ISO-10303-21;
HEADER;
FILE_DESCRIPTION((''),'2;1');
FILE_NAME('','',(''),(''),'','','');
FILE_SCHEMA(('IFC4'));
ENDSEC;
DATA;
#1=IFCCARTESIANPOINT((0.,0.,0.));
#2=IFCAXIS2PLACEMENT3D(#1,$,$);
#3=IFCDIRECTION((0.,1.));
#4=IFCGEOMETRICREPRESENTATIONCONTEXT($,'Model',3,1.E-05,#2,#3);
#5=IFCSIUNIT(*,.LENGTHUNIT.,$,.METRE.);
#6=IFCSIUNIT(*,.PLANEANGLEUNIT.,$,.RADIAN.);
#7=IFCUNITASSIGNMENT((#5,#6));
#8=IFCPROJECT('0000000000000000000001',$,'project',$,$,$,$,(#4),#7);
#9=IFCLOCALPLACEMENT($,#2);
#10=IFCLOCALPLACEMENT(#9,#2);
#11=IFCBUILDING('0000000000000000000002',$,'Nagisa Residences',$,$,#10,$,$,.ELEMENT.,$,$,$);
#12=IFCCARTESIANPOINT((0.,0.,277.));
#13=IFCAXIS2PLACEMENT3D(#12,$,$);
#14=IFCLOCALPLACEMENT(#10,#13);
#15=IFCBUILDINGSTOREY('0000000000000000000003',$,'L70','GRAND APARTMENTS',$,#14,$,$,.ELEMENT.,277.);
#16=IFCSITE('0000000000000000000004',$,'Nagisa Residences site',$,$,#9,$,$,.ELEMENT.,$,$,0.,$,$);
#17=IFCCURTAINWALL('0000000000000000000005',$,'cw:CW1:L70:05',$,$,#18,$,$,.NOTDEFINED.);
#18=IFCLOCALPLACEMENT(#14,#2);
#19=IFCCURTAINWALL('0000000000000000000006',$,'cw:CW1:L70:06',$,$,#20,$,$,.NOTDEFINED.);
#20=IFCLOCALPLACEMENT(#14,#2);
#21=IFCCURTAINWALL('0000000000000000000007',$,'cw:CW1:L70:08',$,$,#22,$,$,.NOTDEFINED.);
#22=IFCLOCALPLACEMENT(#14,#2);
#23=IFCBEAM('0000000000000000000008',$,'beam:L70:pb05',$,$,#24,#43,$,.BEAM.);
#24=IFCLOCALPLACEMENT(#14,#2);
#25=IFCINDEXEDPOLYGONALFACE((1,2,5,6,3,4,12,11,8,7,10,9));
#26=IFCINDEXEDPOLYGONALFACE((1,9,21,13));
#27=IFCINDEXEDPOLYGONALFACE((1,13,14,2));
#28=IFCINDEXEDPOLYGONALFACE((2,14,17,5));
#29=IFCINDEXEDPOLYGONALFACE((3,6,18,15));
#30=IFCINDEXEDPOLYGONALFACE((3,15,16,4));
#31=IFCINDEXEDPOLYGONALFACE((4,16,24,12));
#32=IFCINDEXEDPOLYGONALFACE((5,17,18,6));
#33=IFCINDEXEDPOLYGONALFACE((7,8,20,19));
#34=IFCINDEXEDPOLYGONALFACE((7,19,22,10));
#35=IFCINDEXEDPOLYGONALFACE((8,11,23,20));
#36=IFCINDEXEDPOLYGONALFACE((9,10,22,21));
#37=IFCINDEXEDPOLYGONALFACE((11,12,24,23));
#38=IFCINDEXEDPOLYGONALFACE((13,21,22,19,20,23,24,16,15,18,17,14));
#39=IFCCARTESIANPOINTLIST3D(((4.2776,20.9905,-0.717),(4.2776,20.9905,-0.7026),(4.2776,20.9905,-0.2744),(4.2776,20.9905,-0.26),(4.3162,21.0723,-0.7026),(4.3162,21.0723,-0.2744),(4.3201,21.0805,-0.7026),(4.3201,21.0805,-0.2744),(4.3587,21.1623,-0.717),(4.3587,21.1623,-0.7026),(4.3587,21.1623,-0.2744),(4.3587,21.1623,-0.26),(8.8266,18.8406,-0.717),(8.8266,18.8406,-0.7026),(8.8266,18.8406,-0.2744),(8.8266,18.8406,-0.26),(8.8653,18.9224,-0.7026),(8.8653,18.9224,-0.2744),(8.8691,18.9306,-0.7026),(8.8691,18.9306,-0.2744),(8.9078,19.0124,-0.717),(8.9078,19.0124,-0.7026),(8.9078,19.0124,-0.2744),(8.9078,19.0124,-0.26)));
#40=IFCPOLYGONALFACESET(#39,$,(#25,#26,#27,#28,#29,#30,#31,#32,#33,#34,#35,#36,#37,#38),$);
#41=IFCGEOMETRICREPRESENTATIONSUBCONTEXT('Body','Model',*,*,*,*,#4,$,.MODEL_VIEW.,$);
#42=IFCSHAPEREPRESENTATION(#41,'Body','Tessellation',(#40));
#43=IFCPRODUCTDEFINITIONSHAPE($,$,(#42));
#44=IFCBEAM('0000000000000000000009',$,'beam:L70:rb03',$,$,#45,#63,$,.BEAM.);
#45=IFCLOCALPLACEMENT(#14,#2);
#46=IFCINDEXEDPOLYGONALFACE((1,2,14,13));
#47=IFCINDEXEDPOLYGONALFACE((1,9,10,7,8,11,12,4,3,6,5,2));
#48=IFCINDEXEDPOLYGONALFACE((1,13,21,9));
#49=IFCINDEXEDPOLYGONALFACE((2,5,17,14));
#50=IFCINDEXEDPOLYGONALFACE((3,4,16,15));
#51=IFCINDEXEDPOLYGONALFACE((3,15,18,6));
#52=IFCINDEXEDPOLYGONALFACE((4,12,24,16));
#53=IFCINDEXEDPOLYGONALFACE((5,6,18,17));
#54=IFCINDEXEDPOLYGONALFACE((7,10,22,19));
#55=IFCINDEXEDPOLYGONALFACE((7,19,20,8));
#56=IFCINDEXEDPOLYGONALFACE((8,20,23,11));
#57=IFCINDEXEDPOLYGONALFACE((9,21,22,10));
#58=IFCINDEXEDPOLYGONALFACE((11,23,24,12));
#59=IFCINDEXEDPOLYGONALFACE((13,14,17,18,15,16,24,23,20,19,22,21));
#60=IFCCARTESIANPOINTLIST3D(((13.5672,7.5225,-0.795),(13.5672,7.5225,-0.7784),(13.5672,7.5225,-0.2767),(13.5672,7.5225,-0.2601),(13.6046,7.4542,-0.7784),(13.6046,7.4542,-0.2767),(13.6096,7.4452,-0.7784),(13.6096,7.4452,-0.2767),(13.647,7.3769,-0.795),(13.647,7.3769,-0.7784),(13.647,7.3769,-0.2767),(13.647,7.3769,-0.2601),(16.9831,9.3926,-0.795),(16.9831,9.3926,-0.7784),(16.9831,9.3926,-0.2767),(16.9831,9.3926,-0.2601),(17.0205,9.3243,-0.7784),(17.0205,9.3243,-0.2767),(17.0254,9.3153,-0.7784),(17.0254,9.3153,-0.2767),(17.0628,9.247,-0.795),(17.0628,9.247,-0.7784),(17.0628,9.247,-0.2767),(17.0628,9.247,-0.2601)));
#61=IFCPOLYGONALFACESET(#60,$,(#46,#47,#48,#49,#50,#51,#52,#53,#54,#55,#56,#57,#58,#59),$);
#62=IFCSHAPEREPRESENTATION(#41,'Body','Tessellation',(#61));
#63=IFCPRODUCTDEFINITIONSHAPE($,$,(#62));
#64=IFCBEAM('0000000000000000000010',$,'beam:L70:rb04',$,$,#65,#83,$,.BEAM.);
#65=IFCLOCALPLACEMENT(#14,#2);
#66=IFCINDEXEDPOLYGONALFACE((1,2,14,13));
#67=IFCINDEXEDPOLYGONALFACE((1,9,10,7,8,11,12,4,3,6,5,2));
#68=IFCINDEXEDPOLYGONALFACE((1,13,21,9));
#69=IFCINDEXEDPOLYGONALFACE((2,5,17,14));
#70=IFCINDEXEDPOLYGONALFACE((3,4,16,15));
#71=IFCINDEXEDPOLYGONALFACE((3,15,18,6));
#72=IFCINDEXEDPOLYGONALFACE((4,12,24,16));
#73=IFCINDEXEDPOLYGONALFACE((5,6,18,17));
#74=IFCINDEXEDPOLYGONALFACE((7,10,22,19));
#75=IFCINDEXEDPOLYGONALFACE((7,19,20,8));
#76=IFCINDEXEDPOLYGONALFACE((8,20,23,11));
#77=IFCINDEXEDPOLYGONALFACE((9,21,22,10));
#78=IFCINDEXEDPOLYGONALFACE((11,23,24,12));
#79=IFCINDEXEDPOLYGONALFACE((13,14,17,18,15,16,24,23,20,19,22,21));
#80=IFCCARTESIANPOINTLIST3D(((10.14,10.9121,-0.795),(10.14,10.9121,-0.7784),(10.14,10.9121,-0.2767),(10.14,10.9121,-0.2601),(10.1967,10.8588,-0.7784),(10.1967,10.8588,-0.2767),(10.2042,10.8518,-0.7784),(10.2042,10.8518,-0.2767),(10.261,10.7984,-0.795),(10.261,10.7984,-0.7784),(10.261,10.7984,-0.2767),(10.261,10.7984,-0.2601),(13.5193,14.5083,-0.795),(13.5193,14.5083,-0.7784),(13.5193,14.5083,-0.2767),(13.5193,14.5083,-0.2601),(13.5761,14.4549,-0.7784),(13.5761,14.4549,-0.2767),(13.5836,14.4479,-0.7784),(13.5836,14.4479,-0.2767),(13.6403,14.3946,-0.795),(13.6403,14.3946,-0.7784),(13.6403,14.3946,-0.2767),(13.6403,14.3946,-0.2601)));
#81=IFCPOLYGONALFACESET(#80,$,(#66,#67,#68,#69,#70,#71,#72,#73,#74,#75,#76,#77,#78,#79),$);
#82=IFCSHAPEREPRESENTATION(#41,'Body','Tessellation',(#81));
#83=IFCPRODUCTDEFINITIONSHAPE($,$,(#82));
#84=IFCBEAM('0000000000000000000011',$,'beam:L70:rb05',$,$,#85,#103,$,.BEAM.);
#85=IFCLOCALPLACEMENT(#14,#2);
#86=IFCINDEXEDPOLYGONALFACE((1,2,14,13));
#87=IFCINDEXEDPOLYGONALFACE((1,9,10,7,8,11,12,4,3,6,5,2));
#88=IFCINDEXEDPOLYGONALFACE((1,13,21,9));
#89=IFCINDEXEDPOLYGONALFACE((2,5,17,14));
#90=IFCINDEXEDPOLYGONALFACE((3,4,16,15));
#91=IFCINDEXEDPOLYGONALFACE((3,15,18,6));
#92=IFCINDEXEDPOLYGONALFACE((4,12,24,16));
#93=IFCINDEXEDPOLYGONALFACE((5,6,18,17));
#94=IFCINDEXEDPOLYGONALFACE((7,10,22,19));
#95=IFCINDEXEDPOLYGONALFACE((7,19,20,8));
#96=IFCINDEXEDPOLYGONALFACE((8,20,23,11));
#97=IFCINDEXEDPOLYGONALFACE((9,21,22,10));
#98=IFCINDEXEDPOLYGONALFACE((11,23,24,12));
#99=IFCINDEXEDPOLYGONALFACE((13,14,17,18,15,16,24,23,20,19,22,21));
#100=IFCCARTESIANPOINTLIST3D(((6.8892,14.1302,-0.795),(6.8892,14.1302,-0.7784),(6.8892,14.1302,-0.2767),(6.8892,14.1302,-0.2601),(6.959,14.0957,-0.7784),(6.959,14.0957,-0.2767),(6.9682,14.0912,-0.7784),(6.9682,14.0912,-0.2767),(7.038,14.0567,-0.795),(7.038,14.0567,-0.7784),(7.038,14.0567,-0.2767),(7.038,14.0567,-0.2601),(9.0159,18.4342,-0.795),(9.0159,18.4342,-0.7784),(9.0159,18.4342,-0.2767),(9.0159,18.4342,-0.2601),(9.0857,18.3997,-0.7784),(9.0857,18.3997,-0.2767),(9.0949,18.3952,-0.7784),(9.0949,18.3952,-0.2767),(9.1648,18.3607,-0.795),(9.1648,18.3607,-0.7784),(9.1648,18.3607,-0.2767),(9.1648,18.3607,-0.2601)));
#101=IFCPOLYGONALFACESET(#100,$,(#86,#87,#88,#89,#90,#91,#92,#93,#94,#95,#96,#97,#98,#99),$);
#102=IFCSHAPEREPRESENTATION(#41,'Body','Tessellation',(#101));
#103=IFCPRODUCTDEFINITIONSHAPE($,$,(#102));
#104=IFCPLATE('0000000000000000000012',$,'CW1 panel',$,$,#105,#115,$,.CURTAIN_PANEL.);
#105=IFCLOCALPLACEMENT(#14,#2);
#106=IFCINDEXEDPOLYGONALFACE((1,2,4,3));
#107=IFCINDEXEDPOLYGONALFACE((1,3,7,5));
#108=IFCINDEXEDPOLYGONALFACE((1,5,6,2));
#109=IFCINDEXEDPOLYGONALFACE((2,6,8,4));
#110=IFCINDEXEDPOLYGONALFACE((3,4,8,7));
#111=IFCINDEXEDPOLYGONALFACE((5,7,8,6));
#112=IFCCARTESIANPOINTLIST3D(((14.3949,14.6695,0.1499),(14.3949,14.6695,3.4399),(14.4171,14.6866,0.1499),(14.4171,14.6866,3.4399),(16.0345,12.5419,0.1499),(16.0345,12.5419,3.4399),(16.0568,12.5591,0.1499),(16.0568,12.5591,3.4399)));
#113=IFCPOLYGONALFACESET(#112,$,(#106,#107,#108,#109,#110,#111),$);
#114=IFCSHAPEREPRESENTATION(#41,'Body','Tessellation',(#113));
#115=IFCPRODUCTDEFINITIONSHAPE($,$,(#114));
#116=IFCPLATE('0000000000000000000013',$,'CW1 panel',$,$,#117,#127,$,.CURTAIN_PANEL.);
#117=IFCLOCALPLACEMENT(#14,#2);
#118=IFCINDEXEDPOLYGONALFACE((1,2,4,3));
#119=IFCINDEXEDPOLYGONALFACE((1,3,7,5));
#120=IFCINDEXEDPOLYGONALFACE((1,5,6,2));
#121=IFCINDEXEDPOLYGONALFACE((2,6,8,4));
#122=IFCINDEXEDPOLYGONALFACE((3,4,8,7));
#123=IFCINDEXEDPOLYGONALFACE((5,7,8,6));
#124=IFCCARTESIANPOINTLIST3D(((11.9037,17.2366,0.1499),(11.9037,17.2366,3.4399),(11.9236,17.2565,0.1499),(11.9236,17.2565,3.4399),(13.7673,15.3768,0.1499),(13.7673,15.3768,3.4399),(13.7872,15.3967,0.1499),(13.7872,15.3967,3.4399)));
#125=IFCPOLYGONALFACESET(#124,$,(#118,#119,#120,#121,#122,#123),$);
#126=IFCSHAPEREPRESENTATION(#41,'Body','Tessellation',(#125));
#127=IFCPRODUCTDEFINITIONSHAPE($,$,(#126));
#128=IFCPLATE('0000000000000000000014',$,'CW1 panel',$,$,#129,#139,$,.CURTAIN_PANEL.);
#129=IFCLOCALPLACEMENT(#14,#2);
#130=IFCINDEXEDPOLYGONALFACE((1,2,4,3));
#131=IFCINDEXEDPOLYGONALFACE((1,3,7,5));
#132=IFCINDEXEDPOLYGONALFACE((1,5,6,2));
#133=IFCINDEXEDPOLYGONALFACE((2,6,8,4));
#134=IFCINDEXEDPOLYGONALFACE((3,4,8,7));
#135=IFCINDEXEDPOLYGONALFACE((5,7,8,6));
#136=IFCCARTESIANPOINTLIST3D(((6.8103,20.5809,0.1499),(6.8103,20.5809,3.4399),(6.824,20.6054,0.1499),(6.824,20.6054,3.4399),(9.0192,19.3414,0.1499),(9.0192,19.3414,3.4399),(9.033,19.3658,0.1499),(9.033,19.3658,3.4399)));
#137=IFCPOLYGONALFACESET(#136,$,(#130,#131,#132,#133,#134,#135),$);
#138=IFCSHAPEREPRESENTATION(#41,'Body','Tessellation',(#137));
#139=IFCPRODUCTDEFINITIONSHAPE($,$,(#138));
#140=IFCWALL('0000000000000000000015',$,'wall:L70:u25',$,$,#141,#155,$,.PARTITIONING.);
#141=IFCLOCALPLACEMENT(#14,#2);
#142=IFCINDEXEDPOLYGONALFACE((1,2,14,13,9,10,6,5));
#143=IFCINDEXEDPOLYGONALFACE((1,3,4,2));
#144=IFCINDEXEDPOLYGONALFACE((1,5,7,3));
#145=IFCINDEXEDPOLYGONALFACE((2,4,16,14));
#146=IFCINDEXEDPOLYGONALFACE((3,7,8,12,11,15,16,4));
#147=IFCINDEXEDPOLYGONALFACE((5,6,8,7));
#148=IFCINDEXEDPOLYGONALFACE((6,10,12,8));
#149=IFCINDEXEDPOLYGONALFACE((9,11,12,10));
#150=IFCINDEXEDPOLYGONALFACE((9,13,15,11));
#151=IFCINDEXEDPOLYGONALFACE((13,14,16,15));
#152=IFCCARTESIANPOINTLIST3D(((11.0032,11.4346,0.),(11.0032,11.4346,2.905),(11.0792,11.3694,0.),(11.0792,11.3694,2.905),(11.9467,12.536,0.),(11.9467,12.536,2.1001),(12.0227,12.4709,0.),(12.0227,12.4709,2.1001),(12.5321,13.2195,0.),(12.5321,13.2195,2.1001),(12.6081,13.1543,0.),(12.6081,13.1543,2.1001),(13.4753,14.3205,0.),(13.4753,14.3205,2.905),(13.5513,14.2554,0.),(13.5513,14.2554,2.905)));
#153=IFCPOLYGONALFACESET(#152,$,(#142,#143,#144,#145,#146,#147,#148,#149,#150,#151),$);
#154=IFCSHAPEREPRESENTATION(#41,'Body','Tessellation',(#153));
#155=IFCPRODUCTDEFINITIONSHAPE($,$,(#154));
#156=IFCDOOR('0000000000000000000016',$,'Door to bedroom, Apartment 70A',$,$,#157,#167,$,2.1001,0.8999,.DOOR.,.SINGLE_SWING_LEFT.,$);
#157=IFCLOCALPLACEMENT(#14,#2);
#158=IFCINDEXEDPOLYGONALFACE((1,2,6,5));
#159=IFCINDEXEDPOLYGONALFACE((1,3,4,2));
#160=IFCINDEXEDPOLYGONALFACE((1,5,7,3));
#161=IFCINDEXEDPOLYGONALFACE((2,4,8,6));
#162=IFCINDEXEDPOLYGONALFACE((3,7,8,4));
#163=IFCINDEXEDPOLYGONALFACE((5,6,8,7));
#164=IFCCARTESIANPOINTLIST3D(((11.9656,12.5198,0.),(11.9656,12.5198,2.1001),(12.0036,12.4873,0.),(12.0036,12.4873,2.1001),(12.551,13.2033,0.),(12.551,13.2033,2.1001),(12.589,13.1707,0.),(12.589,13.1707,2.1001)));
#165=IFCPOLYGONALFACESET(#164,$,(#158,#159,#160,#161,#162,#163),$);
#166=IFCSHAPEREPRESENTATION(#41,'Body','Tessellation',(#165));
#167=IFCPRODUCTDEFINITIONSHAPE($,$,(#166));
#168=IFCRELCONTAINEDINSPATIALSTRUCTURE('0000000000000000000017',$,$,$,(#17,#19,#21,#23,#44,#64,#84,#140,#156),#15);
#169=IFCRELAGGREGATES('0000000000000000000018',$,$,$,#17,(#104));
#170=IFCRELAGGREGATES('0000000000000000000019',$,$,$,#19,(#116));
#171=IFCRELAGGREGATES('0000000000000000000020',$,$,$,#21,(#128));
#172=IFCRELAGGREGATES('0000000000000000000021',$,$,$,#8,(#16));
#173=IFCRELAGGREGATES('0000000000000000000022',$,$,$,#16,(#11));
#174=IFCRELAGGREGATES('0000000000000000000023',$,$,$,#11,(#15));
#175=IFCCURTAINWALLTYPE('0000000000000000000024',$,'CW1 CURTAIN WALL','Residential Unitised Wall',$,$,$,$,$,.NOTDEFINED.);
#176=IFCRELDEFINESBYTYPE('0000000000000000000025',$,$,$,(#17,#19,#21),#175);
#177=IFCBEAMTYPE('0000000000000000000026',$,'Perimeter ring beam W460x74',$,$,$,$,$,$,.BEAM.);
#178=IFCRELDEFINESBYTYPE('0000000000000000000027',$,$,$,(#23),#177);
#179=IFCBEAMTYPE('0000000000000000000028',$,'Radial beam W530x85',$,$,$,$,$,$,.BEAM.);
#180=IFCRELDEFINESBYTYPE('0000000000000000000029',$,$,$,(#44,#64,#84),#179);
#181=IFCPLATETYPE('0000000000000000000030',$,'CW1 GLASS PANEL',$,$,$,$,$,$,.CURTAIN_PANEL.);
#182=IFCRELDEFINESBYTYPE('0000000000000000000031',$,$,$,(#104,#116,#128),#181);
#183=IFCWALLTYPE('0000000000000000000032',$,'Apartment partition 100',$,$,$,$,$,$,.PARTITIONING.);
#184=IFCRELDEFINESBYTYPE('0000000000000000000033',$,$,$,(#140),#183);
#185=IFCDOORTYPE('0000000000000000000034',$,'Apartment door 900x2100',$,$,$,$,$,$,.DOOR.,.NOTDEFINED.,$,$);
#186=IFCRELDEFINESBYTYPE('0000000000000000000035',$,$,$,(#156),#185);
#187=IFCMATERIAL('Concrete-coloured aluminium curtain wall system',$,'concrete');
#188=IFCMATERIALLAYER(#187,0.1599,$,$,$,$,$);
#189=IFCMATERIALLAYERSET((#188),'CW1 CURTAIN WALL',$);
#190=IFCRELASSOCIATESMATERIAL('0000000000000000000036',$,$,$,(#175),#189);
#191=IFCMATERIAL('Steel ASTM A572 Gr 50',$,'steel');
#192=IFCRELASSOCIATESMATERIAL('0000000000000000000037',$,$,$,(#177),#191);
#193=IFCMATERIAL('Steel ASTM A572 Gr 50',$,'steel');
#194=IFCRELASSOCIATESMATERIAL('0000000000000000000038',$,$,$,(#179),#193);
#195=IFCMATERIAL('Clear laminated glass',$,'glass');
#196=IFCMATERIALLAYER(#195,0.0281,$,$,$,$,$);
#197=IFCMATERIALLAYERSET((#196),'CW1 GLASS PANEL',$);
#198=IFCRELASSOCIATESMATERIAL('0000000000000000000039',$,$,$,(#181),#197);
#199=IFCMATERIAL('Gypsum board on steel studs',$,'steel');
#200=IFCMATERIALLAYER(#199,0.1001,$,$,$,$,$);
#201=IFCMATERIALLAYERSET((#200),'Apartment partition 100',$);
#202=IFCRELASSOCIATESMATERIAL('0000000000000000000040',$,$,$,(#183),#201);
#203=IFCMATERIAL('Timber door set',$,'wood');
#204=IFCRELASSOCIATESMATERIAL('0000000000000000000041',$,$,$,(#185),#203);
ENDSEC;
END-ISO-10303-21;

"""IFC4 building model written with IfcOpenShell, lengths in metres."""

from ifc_helpers import new_model, si_unit, direction, frame, frame_2d, origin, origin_2d, place, context, subcontext, project, spatial, rectangle, i_section, extrude, material, layer, layer_set, material_profile, profile_set, type_object, element, fill, aggregate, save


model = new_model("IFC4")

# Units and contexts
model_context = context("Model", 3, precision=1e-05, world=origin(), true_north=direction((0.0, 1.0)))
body_context = subcontext(model_context, "Body", "Model", "MODEL_VIEW")
ifc_project = project(units=[si_unit("LENGTHUNIT", "METRE"), si_unit("PLANEANGLEUNIT", "RADIAN")], contexts=[model_context])

# Site, building, storey
site_placement = place(None, origin())
site = spatial("IfcSite", under=ifc_project, at=site_placement, Name="Nagisa Residences site", CompositionType="ELEMENT", RefElevation=0.0)
building_placement = place(site_placement, origin())
building = spatial("IfcBuilding", under=site, at=building_placement, Name="Nagisa Residences", CompositionType="ELEMENT")
storey_placement = place(building_placement, frame((0.0, 0.0, 277.0)))
storey = spatial("IfcBuildingStorey", under=building, at=storey_placement, Name="L70", Description="GRAND APARTMENTS", CompositionType="ELEMENT", Elevation=277.0)

# Curtain walls
ifc_material_1 = material(Name="Concrete-coloured aluminium curtain wall system", Category="concrete")
ifc_layer_1 = layer(ifc_material_1, 0.1599)
ifc_layer_set_1 = layer_set([ifc_layer_1], Name="CW1 CURTAIN WALL")
curtain_wall_type = type_object("IfcCurtainWallType", Name="CW1 CURTAIN WALL", Description="Residential Unitised Wall", PredefinedType="NOTDEFINED", material=ifc_layer_set_1)
curtain_wall_1_placement = place(storey_placement, origin())
curtain_wall_1 = element("IfcCurtainWall", 1, at=curtain_wall_1_placement, inside=storey, type_object=curtain_wall_type, Name="cw:CW1:L70:05", PredefinedType="NOTDEFINED")
curtain_wall_2_placement = place(storey_placement, origin())
curtain_wall_2 = element("IfcCurtainWall", 2, at=curtain_wall_2_placement, inside=storey, type_object=curtain_wall_type, Name="cw:CW1:L70:06", PredefinedType="NOTDEFINED")
curtain_wall_3_placement = place(storey_placement, origin())
curtain_wall_3 = element("IfcCurtainWall", 3, at=curtain_wall_3_placement, inside=storey, type_object=curtain_wall_type, Name="cw:CW1:L70:08", PredefinedType="NOTDEFINED")

# Beams
ifc_material_2 = material(Name="Steel ASTM A572 Gr 50", Category="steel")
ifc_material_profile_1 = material_profile(ifc_material_2, i_section(OverallWidth=0.1899, OverallDepth=0.457, WebThickness=0.009, FlangeThickness=0.0144, at=origin_2d()), Name="W460x74")
ifc_profile_set_1 = profile_set([ifc_material_profile_1], Name="Steel ASTM A572 Gr 50")
beam_type_1 = type_object("IfcBeamType", Name="Perimeter ring beam W460x74", PredefinedType="BEAM", material=ifc_profile_set_1)
beam_1_placement = place(storey_placement, frame((8.8672, 18.9265, -0.4885), z_axis=(-0.904116, 0.427287, 0.0), x_axis=(-0.427287, -0.904116, 0.0)))
element("IfcBeam", 4, at=beam_1_placement, inside=storey, type_object=beam_type_1, Name="beam:L70:pb05", PredefinedType="BEAM", context=body_context, shape_type="SweptSolid", body=[
    extrude(i_section(OverallWidth=0.1899, OverallDepth=0.457, WebThickness=0.009, FlangeThickness=0.0144, at=origin_2d()), origin(), (0.0, 0.0, 1.0), 5.0315),
])
ifc_material_3 = material(Name="Steel ASTM A572 Gr 50", Category="steel")
ifc_material_profile_2 = material_profile(ifc_material_3, i_section(OverallWidth=0.166, OverallDepth=0.5349, WebThickness=0.0103, FlangeThickness=0.0166, at=origin_2d()), Name="W530x85")
ifc_profile_set_2 = profile_set([ifc_material_profile_2], Name="Steel ASTM A572 Gr 50")
beam_type_2 = type_object("IfcBeamType", Name="Radial beam W530x85", PredefinedType="BEAM", material=ifc_profile_set_2)
beam_2_placement = place(storey_placement, frame((17.0229, 9.3198, -0.5276), z_axis=(-0.877142, -0.480231, 0.0), x_axis=(0.480231, -0.877142, 0.0)))
element("IfcBeam", 5, at=beam_2_placement, inside=storey, type_object=beam_type_2, Name="beam:L70:rb03", PredefinedType="BEAM", context=body_context, shape_type="SweptSolid", body=[
    extrude(i_section(OverallWidth=0.166, OverallDepth=0.5349, WebThickness=0.0103, FlangeThickness=0.0166, at=origin_2d()), origin(), (0.0, 0.0, 1.0), 3.8943),
])
beam_3_placement = place(storey_placement, frame((13.5798, 14.4514, -0.5276), z_axis=(-0.6848, -0.728731, 0.0), x_axis=(0.728731, -0.6848, 0.0)))
element("IfcBeam", 6, at=beam_3_placement, inside=storey, type_object=beam_type_2, Name="beam:L70:rb04", PredefinedType="BEAM", context=body_context, shape_type="SweptSolid", body=[
    extrude(i_section(OverallWidth=0.166, OverallDepth=0.5349, WebThickness=0.0103, FlangeThickness=0.0166, at=origin_2d()), origin(), (0.0, 0.0, 1.0), 4.9348),
])
beam_4_placement = place(storey_placement, frame((9.0903, 18.3975, -0.5276), z_axis=(-0.442998, -0.896523, 0.0), x_axis=(0.896523, -0.442998, 0.0)))
element("IfcBeam", 7, at=beam_4_placement, inside=storey, type_object=beam_type_2, Name="beam:L70:rb05", PredefinedType="BEAM", context=body_context, shape_type="SweptSolid", body=[
    extrude(i_section(OverallWidth=0.166, OverallDepth=0.5349, WebThickness=0.0103, FlangeThickness=0.0166, at=origin_2d()), origin(), (0.0, 0.0, 1.0), 4.8008),
])

# Plates
ifc_material_4 = material(Name="Clear laminated glass", Category="glass")
ifc_layer_2 = layer(ifc_material_4, 0.0281)
ifc_layer_set_2 = layer_set([ifc_layer_2], Name="CW1 GLASS PANEL")
plate_type = type_object("IfcPlateType", Name="CW1 GLASS PANEL", PredefinedType="CURTAIN_PANEL", material=ifc_layer_set_2)
plate_1_placement = place(storey_placement, frame((15.2258, 13.6143, 0.1499), z_axis=(0.0, 0.0, 1.0), x_axis=(-0.61043, 0.79207, 0.0)))
plate_1 = element("IfcPlate", 8, at=plate_1_placement, type_object=plate_type, Name="CW1 panel", PredefinedType="CURTAIN_PANEL", context=body_context, shape_type="SweptSolid", body=[
    extrude(rectangle(XDim=2.686, YDim=0.0281, at=origin_2d()), origin(), (0.0, 0.0, 1.0), 3.29),
])
aggregate(curtain_wall_1, [plate_1])
plate_2_placement = place(storey_placement, frame((12.8455, 16.3167, 0.1499), z_axis=(0.0, 0.0, 1.0), x_axis=(-0.707836, 0.706377, 0.0)))
plate_2 = element("IfcPlate", 9, at=plate_2_placement, type_object=plate_type, Name="CW1 panel", PredefinedType="CURTAIN_PANEL", context=body_context, shape_type="SweptSolid", body=[
    extrude(rectangle(XDim=2.6328, YDim=0.0281, at=origin_2d()), origin(), (0.0, 0.0, 1.0), 3.29),
])
aggregate(curtain_wall_2, [plate_2])
plate_3_placement = place(storey_placement, frame((7.9216, 19.9734, 0.1499), z_axis=(0.0, 0.0, 1.0), x_axis=(-0.872072, 0.489377, 0.0)))
plate_3 = element("IfcPlate", 10, at=plate_3_placement, type_object=plate_type, Name="CW1 panel", PredefinedType="CURTAIN_PANEL", context=body_context, shape_type="SweptSolid", body=[
    extrude(rectangle(XDim=2.533, YDim=0.0281, at=origin_2d()), origin(), (0.0, 0.0, 1.0), 3.29),
])
aggregate(curtain_wall_3, [plate_3])

# Wall, opening, door
ifc_material_5 = material(Name="Gypsum board on steel studs", Category="steel")
ifc_layer_3 = layer(ifc_material_5, 0.1001)
ifc_layer_set_3 = layer_set([ifc_layer_3], Name="Apartment partition 100")
wall_type_1 = type_object("IfcWallType", Name="Apartment partition 100", PredefinedType="PARTITIONING", material=ifc_layer_set_3)
wall_1_placement = place(storey_placement, frame((11.0413, 11.4021, 0.0), z_axis=(0.0, 0.0, 1.0), x_axis=(0.650559, 0.759456, 0.0)))
wall_1 = element("IfcWall", 11, at=wall_1_placement, inside=storey, type_object=wall_type_1, Name="wall:L70:u25", PredefinedType="PARTITIONING", context=body_context, shape_type="SweptSolid", body=[
    extrude(rectangle(XDim=3.8, YDim=0.1001, at=frame_2d((1.8999, 0.0))), origin(), (0.0, 0.0, 1.0), 2.905),
])
opening_1_placement = place(wall_1_placement, frame((1.4502, 0.0, 0.0)))
opening_1 = element("IfcOpeningElement", 12, at=opening_1_placement, cuts=wall_1, PredefinedType="OPENING", context=body_context, shape_type="SweptSolid", body=[
    extrude(rectangle(XDim=0.8999, YDim=2.1001, at=frame_2d((0.45, 1.05))), frame((0.0, 0.0601, 0.0), z_axis=(0.0, -1.0, 0.0), x_axis=(1.0, 0.0, 0.0)), (0.0, 0.0, 1.0), 0.1201),
])
ifc_material_6 = material(Name="Timber door set", Category="wood")
door_type_1 = type_object("IfcDoorType", Name="Apartment door 900x2100", OperationType="NOTDEFINED", PredefinedType="DOOR", material=ifc_material_6)
door_1_placement = place(opening_1_placement, frame((0.8999, 0.0, 0.0), x_axis=(-1.0, 0.0, 0.0)))
door_1 = element("IfcDoor", 13, at=door_1_placement, inside=storey, type_object=door_type_1, Name="Door to bedroom, Apartment 70A", OperationType="SINGLE_SWING_LEFT", OverallHeight=2.1001, OverallWidth=0.8999, PredefinedType="DOOR", context=body_context, shape_type="SweptSolid", body=[
    extrude(rectangle(XDim=0.8999, YDim=2.1001, at=frame_2d((0.45, 1.05))), frame((0.0, 0.0249, 0.0), z_axis=(0.0, -1.0, 0.0), x_axis=(1.0, 0.0, 0.0)), (0.0, 0.0, 1.0), 0.05),
])
fill(opening_1, door_1)

save(model, "model.ifc")
